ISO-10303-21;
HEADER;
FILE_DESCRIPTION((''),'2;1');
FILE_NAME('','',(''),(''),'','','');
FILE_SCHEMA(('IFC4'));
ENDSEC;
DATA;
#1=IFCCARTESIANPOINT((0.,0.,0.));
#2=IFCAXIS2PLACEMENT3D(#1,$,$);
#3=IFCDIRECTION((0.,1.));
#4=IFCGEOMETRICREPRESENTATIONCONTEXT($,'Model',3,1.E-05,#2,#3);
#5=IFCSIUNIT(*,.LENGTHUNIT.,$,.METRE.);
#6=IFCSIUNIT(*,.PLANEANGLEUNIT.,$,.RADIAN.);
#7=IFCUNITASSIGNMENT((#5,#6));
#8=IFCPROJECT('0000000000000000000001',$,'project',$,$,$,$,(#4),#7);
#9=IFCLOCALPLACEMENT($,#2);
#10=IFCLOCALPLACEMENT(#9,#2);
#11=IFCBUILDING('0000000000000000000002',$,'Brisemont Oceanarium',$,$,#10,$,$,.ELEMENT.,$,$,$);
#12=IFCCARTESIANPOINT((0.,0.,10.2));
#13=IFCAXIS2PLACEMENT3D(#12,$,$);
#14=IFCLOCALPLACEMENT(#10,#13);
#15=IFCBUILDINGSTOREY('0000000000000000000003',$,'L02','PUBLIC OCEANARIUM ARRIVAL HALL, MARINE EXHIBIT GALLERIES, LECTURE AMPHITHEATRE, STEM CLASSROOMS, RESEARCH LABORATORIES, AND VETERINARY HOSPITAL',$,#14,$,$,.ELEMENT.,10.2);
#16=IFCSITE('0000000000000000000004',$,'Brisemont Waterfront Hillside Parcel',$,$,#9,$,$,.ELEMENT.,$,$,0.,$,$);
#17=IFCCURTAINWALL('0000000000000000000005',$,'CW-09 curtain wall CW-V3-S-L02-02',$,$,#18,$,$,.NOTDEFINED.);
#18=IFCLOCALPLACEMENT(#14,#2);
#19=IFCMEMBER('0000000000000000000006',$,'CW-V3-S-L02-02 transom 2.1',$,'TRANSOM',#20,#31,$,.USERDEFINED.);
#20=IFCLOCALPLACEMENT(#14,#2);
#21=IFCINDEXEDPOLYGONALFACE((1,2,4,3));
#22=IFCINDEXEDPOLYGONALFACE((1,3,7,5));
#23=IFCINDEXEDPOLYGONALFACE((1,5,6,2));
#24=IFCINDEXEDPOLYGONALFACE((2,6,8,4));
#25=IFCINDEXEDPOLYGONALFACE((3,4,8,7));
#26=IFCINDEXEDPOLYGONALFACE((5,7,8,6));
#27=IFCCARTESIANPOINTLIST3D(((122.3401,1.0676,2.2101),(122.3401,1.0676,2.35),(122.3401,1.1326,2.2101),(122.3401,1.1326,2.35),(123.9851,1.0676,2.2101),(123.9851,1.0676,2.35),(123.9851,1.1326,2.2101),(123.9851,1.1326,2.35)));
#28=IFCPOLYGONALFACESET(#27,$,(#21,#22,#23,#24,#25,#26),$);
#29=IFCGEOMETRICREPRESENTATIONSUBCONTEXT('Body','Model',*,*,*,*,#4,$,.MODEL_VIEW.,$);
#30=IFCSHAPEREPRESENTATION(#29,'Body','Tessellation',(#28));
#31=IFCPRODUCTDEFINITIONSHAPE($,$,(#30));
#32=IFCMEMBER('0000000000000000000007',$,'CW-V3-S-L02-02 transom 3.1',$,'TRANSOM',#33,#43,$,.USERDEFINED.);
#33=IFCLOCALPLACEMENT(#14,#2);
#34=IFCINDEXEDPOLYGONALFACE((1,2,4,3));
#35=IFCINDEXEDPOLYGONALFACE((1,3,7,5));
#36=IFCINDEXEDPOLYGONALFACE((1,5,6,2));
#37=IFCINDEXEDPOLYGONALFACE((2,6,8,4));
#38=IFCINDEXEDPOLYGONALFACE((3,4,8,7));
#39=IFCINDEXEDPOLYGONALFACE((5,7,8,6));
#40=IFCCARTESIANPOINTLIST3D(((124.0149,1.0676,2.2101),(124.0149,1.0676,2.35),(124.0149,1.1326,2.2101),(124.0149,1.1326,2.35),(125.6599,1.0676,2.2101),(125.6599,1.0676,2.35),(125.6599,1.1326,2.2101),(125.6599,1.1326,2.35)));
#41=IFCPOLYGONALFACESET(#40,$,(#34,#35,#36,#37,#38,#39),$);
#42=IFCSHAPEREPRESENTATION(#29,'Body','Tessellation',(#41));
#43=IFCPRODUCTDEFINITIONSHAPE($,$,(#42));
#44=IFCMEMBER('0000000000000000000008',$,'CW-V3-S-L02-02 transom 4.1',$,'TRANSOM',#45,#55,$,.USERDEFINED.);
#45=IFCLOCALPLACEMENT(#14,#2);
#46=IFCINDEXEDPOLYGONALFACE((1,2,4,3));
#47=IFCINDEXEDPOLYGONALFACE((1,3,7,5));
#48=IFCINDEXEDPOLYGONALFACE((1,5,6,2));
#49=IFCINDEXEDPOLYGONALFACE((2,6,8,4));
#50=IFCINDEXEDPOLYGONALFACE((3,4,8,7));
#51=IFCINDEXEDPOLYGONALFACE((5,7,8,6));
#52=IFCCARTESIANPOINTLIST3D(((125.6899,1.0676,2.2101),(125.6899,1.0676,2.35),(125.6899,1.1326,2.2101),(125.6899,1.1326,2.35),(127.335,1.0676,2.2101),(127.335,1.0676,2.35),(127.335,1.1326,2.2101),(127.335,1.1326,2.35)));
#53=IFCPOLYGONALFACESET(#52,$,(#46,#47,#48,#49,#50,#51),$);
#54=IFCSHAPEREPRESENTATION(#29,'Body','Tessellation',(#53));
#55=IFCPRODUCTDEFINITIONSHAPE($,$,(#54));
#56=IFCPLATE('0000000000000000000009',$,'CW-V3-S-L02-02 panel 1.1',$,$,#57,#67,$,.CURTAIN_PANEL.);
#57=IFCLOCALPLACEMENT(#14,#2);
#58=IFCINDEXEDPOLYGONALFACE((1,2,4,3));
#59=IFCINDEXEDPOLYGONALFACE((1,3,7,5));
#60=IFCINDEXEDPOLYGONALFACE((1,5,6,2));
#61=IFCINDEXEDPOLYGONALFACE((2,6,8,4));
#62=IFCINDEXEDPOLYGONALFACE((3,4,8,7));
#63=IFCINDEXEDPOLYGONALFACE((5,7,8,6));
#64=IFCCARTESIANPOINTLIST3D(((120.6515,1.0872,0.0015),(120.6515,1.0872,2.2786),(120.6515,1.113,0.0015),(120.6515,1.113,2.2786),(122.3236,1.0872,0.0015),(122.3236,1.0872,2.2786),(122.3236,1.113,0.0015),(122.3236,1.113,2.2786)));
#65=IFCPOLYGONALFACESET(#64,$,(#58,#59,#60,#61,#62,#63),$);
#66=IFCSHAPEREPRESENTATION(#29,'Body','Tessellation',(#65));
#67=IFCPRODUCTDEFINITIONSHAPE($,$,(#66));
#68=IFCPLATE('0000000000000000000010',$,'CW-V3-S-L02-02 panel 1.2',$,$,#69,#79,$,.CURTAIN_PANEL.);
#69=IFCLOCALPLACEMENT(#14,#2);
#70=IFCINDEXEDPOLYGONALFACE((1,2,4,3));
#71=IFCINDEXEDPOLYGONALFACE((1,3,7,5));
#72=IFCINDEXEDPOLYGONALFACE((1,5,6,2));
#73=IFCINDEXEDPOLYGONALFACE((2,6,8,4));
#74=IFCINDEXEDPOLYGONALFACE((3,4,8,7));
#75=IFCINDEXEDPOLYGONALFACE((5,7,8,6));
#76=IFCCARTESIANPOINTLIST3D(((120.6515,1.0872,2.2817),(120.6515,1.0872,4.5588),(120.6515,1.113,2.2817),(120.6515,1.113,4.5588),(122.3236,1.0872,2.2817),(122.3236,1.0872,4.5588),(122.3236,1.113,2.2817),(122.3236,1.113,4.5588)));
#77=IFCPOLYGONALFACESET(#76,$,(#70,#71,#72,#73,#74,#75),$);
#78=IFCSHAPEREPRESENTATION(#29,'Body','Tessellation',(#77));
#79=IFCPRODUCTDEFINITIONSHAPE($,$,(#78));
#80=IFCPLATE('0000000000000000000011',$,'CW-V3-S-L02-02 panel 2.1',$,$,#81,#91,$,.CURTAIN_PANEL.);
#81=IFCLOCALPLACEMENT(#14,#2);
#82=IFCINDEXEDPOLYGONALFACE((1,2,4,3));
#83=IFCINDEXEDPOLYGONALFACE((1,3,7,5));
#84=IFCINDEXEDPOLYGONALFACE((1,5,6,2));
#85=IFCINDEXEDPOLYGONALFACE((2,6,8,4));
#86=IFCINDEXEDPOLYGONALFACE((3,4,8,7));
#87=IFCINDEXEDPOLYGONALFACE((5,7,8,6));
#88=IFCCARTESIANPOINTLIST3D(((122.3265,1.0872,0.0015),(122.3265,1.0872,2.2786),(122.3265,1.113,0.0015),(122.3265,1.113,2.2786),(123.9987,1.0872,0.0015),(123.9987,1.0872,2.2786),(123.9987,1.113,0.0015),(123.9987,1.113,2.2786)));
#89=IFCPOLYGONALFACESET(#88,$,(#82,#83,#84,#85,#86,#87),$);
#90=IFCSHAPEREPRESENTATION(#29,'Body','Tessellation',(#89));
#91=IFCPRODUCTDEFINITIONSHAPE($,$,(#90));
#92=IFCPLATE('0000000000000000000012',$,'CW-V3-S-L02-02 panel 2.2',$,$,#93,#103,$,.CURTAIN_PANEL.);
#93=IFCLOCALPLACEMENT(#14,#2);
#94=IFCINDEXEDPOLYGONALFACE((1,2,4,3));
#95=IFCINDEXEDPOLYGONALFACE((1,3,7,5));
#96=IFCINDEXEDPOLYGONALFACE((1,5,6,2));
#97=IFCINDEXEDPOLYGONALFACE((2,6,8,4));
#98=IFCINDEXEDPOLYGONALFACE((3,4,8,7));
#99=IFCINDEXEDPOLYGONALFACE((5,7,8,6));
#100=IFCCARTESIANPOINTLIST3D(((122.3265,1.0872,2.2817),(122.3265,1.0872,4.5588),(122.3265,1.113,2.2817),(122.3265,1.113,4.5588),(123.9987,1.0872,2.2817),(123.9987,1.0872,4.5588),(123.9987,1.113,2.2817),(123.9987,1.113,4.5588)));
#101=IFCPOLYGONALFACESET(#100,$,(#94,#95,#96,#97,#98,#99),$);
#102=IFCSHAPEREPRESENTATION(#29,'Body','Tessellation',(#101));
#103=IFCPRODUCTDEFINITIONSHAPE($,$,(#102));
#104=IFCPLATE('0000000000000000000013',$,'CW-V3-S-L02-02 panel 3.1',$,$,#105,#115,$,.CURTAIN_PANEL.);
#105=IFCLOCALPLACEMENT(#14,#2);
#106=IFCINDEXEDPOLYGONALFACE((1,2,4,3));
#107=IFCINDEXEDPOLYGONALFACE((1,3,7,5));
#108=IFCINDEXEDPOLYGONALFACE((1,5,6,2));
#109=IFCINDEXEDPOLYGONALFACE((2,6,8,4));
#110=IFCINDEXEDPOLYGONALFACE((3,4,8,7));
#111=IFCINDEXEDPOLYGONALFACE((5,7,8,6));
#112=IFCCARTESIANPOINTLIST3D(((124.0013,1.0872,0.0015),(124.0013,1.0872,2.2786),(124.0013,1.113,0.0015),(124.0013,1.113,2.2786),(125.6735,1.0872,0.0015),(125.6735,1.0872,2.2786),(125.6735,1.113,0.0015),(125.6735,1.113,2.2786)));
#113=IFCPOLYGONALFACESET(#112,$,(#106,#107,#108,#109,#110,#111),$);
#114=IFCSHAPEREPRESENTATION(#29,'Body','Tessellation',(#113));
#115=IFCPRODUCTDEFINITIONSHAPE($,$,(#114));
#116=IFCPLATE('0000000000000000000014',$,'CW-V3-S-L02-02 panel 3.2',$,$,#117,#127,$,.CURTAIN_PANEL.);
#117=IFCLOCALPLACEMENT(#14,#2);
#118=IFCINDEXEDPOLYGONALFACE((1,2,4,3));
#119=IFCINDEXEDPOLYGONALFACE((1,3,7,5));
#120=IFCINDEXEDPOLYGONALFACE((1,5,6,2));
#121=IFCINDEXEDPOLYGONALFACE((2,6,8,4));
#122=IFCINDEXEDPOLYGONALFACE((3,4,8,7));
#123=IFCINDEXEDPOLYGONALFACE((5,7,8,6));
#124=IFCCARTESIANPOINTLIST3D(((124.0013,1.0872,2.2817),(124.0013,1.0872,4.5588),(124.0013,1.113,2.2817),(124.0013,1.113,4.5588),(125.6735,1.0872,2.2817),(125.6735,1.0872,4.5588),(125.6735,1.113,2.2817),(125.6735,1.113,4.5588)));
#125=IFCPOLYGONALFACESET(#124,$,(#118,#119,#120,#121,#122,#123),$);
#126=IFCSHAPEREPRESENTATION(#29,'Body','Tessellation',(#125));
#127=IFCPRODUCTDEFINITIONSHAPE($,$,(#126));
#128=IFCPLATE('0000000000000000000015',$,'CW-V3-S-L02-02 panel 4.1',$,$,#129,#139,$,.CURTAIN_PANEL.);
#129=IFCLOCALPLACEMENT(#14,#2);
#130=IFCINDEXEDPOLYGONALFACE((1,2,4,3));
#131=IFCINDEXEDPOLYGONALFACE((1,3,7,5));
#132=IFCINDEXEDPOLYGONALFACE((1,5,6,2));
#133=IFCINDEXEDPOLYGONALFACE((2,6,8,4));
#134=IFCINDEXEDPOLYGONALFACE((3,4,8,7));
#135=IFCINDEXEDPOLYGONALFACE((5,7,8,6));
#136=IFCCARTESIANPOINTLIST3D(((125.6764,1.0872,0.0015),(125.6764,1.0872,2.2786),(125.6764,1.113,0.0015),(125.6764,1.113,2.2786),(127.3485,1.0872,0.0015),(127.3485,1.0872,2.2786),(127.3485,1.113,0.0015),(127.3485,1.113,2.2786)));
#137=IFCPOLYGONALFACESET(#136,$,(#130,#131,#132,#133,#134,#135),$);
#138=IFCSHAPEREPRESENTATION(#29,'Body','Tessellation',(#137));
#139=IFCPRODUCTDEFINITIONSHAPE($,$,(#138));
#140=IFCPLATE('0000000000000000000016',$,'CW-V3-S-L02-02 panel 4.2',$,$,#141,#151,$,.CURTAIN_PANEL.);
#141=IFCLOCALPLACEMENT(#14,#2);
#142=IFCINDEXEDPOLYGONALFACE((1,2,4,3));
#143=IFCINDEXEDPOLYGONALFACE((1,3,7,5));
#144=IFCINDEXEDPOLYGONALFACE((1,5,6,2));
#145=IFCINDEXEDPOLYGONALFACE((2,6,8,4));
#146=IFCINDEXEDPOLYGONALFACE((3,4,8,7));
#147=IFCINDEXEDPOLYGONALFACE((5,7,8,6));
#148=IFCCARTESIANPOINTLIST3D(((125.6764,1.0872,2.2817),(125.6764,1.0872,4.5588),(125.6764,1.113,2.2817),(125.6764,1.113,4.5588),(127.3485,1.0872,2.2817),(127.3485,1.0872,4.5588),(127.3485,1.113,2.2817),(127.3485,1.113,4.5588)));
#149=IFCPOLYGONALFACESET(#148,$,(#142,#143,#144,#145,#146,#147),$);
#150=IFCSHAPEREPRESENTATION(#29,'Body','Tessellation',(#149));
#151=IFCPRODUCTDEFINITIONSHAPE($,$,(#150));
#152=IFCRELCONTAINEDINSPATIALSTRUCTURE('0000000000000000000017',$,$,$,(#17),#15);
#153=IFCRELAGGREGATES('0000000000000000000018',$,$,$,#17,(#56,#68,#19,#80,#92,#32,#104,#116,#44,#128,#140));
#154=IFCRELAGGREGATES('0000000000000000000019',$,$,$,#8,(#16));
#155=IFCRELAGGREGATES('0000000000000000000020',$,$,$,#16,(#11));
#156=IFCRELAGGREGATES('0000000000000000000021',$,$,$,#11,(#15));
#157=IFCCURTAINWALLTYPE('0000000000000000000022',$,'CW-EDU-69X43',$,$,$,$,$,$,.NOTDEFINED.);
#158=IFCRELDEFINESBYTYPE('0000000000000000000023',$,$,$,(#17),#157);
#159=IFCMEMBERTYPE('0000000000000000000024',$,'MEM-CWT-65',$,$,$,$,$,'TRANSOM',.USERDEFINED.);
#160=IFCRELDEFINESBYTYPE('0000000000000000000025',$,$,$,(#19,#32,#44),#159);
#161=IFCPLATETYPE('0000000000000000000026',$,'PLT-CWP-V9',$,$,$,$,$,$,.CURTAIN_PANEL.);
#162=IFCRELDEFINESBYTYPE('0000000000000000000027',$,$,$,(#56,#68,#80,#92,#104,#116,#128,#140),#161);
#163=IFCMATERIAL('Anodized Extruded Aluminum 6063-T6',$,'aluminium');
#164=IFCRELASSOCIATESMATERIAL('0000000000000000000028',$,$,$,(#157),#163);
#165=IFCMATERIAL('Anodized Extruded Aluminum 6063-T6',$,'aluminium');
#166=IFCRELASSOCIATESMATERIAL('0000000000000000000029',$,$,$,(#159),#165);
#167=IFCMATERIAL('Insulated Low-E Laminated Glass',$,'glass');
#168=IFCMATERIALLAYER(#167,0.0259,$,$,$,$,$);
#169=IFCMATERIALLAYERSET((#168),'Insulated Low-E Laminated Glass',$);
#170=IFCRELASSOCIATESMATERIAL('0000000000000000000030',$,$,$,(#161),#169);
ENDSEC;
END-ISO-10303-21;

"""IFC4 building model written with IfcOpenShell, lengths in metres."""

from ifc_helpers import new_model, si_unit, direction, frame, origin, origin_2d, place, context, subcontext, project, spatial, rectangle, extrude, material, layer, layer_set, material_profile, profile_set, type_object, element, aggregate, save


model = new_model("IFC4")

# Units and contexts
model_context = context("Model", 3, precision=1e-05, world=origin(), true_north=direction((0.0, 1.0)))
body_context = subcontext(model_context, "Body", "Model", "MODEL_VIEW")
ifc_project = project(units=[si_unit("LENGTHUNIT", "METRE"), si_unit("PLANEANGLEUNIT", "RADIAN")], contexts=[model_context])

# Site, building, storey
site_placement = place(None, origin())
site = spatial("IfcSite", under=ifc_project, at=site_placement, Name="Brisemont Waterfront Hillside Parcel", CompositionType="ELEMENT", RefElevation=0.0)
building_placement = place(site_placement, origin())
building = spatial("IfcBuilding", under=site, at=building_placement, Name="Brisemont Oceanarium", CompositionType="ELEMENT")
storey_placement = place(building_placement, frame((0.0, 0.0, 10.2)))
storey = spatial("IfcBuildingStorey", under=building, at=storey_placement, Name="L02", Description="PUBLIC OCEANARIUM ARRIVAL HALL, MARINE EXHIBIT GALLERIES, LECTURE AMPHITHEATRE, STEM CLASSROOMS, RESEARCH LABORATORIES, AND VETERINARY HOSPITAL", CompositionType="ELEMENT", Elevation=10.2)

# Shared definitions
ifc_material_1 = material(Name="Anodized Extruded Aluminum 6063-T6", Category="aluminium")
curtain_wall_type = type_object("IfcCurtainWallType", Name="CW-EDU-69X43", PredefinedType="NOTDEFINED", material=ifc_material_1)

# Curtain wall, members, plates
curtain_wall_1_placement = place(storey_placement, origin())
curtain_wall_1 = element("IfcCurtainWall", 1, at=curtain_wall_1_placement, inside=storey, type_object=curtain_wall_type, Name="CW-09 curtain wall CW-V3-S-L02-02", PredefinedType="NOTDEFINED")
ifc_material_2 = material(Name="Anodized Extruded Aluminum 6063-T6", Category="aluminium")
ifc_material_profile_1 = material_profile(ifc_material_2, rectangle(XDim=0.0649, YDim=0.1399, at=origin_2d()), Name="CWT-65X140")
ifc_profile_set_1 = profile_set([ifc_material_profile_1], Name="Anodized Extruded Aluminum 6063-T6")
member_type_1 = type_object("IfcMemberType", Name="MEM-CWT-65", ElementType="TRANSOM", PredefinedType="USERDEFINED", material=ifc_profile_set_1)
member_1_placement = place(storey_placement, frame((122.3401, 1.1001, 2.28), z_axis=(1.0, 0.0, 0.0), x_axis=(0.0, 1.0, 0.0)))
member_1 = element("IfcMember", 2, at=member_1_placement, type_object=member_type_1, Name="CW-V3-S-L02-02 transom 2.1", ObjectType="TRANSOM", PredefinedType="USERDEFINED", context=body_context, shape_type="SweptSolid", body=[
    extrude(rectangle(XDim=0.0649, YDim=0.1399, at=origin_2d()), origin(), (0.0, 0.0, 1.0), 1.645),
])
member_2_placement = place(storey_placement, frame((124.0149, 1.1001, 2.28), z_axis=(1.0, 0.0, 0.0), x_axis=(0.0, 1.0, 0.0)))
member_2 = element("IfcMember", 3, at=member_2_placement, type_object=member_type_1, Name="CW-V3-S-L02-02 transom 3.1", ObjectType="TRANSOM", PredefinedType="USERDEFINED", context=body_context, shape_type="SweptSolid", body=[
    extrude(rectangle(XDim=0.0649, YDim=0.1399, at=origin_2d()), origin(), (0.0, 0.0, 1.0), 1.645),
])
member_3_placement = place(storey_placement, frame((125.6899, 1.1001, 2.28), z_axis=(1.0, 0.0, 0.0), x_axis=(0.0, 1.0, 0.0)))
member_3 = element("IfcMember", 4, at=member_3_placement, type_object=member_type_1, Name="CW-V3-S-L02-02 transom 4.1", ObjectType="TRANSOM", PredefinedType="USERDEFINED", context=body_context, shape_type="SweptSolid", body=[
    extrude(rectangle(XDim=0.0649, YDim=0.1399, at=origin_2d()), origin(), (0.0, 0.0, 1.0), 1.645),
])
ifc_material_3 = material(Name="Insulated Low-E Laminated Glass", Category="glass")
ifc_layer = layer(ifc_material_3, 0.0259)
ifc_layer_set = layer_set([ifc_layer], Name="Insulated Low-E Laminated Glass")
plate_type = type_object("IfcPlateType", Name="PLT-CWP-V9", PredefinedType="CURTAIN_PANEL", material=ifc_layer_set)
plate_1_placement = place(storey_placement, frame((121.4875, 1.1001, 0.0015), z_axis=(0.0, 0.0, 1.0), x_axis=(1.0, 0.0, 0.0)))
plate_1 = element("IfcPlate", 5, at=plate_1_placement, type_object=plate_type, Name="CW-V3-S-L02-02 panel 1.1", PredefinedType="CURTAIN_PANEL", context=body_context, shape_type="SweptSolid", body=[
    extrude(rectangle(XDim=1.6721, YDim=0.0259, at=origin_2d()), origin(), (0.0, 0.0, 1.0), 2.2771),
])
plate_2_placement = place(storey_placement, frame((121.4875, 1.1001, 2.2817), z_axis=(0.0, 0.0, 1.0), x_axis=(1.0, 0.0, 0.0)))
plate_2 = element("IfcPlate", 6, at=plate_2_placement, type_object=plate_type, Name="CW-V3-S-L02-02 panel 1.2", PredefinedType="CURTAIN_PANEL", context=body_context, shape_type="SweptSolid", body=[
    extrude(rectangle(XDim=1.6721, YDim=0.0259, at=origin_2d()), origin(), (0.0, 0.0, 1.0), 2.2771),
])
plate_3_placement = place(storey_placement, frame((123.1626, 1.1001, 0.0015), z_axis=(0.0, 0.0, 1.0), x_axis=(1.0, 0.0, 0.0)))
plate_3 = element("IfcPlate", 7, at=plate_3_placement, type_object=plate_type, Name="CW-V3-S-L02-02 panel 2.1", PredefinedType="CURTAIN_PANEL", context=body_context, shape_type="SweptSolid", body=[
    extrude(rectangle(XDim=1.6721, YDim=0.0259, at=origin_2d()), origin(), (0.0, 0.0, 1.0), 2.2771),
])
plate_4_placement = place(storey_placement, frame((123.1626, 1.1001, 2.2817), z_axis=(0.0, 0.0, 1.0), x_axis=(1.0, 0.0, 0.0)))
plate_4 = element("IfcPlate", 8, at=plate_4_placement, type_object=plate_type, Name="CW-V3-S-L02-02 panel 2.2", PredefinedType="CURTAIN_PANEL", context=body_context, shape_type="SweptSolid", body=[
    extrude(rectangle(XDim=1.6721, YDim=0.0259, at=origin_2d()), origin(), (0.0, 0.0, 1.0), 2.2771),
])
plate_5_placement = place(storey_placement, frame((124.8374, 1.1001, 0.0015), z_axis=(0.0, 0.0, 1.0), x_axis=(1.0, 0.0, 0.0)))
plate_5 = element("IfcPlate", 9, at=plate_5_placement, type_object=plate_type, Name="CW-V3-S-L02-02 panel 3.1", PredefinedType="CURTAIN_PANEL", context=body_context, shape_type="SweptSolid", body=[
    extrude(rectangle(XDim=1.6721, YDim=0.0259, at=origin_2d()), origin(), (0.0, 0.0, 1.0), 2.2771),
])
plate_6_placement = place(storey_placement, frame((124.8374, 1.1001, 2.2817), z_axis=(0.0, 0.0, 1.0), x_axis=(1.0, 0.0, 0.0)))
plate_6 = element("IfcPlate", 10, at=plate_6_placement, type_object=plate_type, Name="CW-V3-S-L02-02 panel 3.2", PredefinedType="CURTAIN_PANEL", context=body_context, shape_type="SweptSolid", body=[
    extrude(rectangle(XDim=1.6721, YDim=0.0259, at=origin_2d()), origin(), (0.0, 0.0, 1.0), 2.2771),
])
plate_7_placement = place(storey_placement, frame((126.5125, 1.1001, 0.0015), z_axis=(0.0, 0.0, 1.0), x_axis=(1.0, 0.0, 0.0)))
plate_7 = element("IfcPlate", 11, at=plate_7_placement, type_object=plate_type, Name="CW-V3-S-L02-02 panel 4.1", PredefinedType="CURTAIN_PANEL", context=body_context, shape_type="SweptSolid", body=[
    extrude(rectangle(XDim=1.6721, YDim=0.0259, at=origin_2d()), origin(), (0.0, 0.0, 1.0), 2.2771),
])
plate_8_placement = place(storey_placement, frame((126.5125, 1.1001, 2.2817), z_axis=(0.0, 0.0, 1.0), x_axis=(1.0, 0.0, 0.0)))
plate_8 = element("IfcPlate", 12, at=plate_8_placement, type_object=plate_type, Name="CW-V3-S-L02-02 panel 4.2", PredefinedType="CURTAIN_PANEL", context=body_context, shape_type="SweptSolid", body=[
    extrude(rectangle(XDim=1.6721, YDim=0.0259, at=origin_2d()), origin(), (0.0, 0.0, 1.0), 2.2771),
])
aggregate(curtain_wall_1, [plate_1, plate_2, member_1, plate_3, plate_4, member_2, plate_5, plate_6, member_3, plate_7, plate_8])

save(model, "model.ifc")
